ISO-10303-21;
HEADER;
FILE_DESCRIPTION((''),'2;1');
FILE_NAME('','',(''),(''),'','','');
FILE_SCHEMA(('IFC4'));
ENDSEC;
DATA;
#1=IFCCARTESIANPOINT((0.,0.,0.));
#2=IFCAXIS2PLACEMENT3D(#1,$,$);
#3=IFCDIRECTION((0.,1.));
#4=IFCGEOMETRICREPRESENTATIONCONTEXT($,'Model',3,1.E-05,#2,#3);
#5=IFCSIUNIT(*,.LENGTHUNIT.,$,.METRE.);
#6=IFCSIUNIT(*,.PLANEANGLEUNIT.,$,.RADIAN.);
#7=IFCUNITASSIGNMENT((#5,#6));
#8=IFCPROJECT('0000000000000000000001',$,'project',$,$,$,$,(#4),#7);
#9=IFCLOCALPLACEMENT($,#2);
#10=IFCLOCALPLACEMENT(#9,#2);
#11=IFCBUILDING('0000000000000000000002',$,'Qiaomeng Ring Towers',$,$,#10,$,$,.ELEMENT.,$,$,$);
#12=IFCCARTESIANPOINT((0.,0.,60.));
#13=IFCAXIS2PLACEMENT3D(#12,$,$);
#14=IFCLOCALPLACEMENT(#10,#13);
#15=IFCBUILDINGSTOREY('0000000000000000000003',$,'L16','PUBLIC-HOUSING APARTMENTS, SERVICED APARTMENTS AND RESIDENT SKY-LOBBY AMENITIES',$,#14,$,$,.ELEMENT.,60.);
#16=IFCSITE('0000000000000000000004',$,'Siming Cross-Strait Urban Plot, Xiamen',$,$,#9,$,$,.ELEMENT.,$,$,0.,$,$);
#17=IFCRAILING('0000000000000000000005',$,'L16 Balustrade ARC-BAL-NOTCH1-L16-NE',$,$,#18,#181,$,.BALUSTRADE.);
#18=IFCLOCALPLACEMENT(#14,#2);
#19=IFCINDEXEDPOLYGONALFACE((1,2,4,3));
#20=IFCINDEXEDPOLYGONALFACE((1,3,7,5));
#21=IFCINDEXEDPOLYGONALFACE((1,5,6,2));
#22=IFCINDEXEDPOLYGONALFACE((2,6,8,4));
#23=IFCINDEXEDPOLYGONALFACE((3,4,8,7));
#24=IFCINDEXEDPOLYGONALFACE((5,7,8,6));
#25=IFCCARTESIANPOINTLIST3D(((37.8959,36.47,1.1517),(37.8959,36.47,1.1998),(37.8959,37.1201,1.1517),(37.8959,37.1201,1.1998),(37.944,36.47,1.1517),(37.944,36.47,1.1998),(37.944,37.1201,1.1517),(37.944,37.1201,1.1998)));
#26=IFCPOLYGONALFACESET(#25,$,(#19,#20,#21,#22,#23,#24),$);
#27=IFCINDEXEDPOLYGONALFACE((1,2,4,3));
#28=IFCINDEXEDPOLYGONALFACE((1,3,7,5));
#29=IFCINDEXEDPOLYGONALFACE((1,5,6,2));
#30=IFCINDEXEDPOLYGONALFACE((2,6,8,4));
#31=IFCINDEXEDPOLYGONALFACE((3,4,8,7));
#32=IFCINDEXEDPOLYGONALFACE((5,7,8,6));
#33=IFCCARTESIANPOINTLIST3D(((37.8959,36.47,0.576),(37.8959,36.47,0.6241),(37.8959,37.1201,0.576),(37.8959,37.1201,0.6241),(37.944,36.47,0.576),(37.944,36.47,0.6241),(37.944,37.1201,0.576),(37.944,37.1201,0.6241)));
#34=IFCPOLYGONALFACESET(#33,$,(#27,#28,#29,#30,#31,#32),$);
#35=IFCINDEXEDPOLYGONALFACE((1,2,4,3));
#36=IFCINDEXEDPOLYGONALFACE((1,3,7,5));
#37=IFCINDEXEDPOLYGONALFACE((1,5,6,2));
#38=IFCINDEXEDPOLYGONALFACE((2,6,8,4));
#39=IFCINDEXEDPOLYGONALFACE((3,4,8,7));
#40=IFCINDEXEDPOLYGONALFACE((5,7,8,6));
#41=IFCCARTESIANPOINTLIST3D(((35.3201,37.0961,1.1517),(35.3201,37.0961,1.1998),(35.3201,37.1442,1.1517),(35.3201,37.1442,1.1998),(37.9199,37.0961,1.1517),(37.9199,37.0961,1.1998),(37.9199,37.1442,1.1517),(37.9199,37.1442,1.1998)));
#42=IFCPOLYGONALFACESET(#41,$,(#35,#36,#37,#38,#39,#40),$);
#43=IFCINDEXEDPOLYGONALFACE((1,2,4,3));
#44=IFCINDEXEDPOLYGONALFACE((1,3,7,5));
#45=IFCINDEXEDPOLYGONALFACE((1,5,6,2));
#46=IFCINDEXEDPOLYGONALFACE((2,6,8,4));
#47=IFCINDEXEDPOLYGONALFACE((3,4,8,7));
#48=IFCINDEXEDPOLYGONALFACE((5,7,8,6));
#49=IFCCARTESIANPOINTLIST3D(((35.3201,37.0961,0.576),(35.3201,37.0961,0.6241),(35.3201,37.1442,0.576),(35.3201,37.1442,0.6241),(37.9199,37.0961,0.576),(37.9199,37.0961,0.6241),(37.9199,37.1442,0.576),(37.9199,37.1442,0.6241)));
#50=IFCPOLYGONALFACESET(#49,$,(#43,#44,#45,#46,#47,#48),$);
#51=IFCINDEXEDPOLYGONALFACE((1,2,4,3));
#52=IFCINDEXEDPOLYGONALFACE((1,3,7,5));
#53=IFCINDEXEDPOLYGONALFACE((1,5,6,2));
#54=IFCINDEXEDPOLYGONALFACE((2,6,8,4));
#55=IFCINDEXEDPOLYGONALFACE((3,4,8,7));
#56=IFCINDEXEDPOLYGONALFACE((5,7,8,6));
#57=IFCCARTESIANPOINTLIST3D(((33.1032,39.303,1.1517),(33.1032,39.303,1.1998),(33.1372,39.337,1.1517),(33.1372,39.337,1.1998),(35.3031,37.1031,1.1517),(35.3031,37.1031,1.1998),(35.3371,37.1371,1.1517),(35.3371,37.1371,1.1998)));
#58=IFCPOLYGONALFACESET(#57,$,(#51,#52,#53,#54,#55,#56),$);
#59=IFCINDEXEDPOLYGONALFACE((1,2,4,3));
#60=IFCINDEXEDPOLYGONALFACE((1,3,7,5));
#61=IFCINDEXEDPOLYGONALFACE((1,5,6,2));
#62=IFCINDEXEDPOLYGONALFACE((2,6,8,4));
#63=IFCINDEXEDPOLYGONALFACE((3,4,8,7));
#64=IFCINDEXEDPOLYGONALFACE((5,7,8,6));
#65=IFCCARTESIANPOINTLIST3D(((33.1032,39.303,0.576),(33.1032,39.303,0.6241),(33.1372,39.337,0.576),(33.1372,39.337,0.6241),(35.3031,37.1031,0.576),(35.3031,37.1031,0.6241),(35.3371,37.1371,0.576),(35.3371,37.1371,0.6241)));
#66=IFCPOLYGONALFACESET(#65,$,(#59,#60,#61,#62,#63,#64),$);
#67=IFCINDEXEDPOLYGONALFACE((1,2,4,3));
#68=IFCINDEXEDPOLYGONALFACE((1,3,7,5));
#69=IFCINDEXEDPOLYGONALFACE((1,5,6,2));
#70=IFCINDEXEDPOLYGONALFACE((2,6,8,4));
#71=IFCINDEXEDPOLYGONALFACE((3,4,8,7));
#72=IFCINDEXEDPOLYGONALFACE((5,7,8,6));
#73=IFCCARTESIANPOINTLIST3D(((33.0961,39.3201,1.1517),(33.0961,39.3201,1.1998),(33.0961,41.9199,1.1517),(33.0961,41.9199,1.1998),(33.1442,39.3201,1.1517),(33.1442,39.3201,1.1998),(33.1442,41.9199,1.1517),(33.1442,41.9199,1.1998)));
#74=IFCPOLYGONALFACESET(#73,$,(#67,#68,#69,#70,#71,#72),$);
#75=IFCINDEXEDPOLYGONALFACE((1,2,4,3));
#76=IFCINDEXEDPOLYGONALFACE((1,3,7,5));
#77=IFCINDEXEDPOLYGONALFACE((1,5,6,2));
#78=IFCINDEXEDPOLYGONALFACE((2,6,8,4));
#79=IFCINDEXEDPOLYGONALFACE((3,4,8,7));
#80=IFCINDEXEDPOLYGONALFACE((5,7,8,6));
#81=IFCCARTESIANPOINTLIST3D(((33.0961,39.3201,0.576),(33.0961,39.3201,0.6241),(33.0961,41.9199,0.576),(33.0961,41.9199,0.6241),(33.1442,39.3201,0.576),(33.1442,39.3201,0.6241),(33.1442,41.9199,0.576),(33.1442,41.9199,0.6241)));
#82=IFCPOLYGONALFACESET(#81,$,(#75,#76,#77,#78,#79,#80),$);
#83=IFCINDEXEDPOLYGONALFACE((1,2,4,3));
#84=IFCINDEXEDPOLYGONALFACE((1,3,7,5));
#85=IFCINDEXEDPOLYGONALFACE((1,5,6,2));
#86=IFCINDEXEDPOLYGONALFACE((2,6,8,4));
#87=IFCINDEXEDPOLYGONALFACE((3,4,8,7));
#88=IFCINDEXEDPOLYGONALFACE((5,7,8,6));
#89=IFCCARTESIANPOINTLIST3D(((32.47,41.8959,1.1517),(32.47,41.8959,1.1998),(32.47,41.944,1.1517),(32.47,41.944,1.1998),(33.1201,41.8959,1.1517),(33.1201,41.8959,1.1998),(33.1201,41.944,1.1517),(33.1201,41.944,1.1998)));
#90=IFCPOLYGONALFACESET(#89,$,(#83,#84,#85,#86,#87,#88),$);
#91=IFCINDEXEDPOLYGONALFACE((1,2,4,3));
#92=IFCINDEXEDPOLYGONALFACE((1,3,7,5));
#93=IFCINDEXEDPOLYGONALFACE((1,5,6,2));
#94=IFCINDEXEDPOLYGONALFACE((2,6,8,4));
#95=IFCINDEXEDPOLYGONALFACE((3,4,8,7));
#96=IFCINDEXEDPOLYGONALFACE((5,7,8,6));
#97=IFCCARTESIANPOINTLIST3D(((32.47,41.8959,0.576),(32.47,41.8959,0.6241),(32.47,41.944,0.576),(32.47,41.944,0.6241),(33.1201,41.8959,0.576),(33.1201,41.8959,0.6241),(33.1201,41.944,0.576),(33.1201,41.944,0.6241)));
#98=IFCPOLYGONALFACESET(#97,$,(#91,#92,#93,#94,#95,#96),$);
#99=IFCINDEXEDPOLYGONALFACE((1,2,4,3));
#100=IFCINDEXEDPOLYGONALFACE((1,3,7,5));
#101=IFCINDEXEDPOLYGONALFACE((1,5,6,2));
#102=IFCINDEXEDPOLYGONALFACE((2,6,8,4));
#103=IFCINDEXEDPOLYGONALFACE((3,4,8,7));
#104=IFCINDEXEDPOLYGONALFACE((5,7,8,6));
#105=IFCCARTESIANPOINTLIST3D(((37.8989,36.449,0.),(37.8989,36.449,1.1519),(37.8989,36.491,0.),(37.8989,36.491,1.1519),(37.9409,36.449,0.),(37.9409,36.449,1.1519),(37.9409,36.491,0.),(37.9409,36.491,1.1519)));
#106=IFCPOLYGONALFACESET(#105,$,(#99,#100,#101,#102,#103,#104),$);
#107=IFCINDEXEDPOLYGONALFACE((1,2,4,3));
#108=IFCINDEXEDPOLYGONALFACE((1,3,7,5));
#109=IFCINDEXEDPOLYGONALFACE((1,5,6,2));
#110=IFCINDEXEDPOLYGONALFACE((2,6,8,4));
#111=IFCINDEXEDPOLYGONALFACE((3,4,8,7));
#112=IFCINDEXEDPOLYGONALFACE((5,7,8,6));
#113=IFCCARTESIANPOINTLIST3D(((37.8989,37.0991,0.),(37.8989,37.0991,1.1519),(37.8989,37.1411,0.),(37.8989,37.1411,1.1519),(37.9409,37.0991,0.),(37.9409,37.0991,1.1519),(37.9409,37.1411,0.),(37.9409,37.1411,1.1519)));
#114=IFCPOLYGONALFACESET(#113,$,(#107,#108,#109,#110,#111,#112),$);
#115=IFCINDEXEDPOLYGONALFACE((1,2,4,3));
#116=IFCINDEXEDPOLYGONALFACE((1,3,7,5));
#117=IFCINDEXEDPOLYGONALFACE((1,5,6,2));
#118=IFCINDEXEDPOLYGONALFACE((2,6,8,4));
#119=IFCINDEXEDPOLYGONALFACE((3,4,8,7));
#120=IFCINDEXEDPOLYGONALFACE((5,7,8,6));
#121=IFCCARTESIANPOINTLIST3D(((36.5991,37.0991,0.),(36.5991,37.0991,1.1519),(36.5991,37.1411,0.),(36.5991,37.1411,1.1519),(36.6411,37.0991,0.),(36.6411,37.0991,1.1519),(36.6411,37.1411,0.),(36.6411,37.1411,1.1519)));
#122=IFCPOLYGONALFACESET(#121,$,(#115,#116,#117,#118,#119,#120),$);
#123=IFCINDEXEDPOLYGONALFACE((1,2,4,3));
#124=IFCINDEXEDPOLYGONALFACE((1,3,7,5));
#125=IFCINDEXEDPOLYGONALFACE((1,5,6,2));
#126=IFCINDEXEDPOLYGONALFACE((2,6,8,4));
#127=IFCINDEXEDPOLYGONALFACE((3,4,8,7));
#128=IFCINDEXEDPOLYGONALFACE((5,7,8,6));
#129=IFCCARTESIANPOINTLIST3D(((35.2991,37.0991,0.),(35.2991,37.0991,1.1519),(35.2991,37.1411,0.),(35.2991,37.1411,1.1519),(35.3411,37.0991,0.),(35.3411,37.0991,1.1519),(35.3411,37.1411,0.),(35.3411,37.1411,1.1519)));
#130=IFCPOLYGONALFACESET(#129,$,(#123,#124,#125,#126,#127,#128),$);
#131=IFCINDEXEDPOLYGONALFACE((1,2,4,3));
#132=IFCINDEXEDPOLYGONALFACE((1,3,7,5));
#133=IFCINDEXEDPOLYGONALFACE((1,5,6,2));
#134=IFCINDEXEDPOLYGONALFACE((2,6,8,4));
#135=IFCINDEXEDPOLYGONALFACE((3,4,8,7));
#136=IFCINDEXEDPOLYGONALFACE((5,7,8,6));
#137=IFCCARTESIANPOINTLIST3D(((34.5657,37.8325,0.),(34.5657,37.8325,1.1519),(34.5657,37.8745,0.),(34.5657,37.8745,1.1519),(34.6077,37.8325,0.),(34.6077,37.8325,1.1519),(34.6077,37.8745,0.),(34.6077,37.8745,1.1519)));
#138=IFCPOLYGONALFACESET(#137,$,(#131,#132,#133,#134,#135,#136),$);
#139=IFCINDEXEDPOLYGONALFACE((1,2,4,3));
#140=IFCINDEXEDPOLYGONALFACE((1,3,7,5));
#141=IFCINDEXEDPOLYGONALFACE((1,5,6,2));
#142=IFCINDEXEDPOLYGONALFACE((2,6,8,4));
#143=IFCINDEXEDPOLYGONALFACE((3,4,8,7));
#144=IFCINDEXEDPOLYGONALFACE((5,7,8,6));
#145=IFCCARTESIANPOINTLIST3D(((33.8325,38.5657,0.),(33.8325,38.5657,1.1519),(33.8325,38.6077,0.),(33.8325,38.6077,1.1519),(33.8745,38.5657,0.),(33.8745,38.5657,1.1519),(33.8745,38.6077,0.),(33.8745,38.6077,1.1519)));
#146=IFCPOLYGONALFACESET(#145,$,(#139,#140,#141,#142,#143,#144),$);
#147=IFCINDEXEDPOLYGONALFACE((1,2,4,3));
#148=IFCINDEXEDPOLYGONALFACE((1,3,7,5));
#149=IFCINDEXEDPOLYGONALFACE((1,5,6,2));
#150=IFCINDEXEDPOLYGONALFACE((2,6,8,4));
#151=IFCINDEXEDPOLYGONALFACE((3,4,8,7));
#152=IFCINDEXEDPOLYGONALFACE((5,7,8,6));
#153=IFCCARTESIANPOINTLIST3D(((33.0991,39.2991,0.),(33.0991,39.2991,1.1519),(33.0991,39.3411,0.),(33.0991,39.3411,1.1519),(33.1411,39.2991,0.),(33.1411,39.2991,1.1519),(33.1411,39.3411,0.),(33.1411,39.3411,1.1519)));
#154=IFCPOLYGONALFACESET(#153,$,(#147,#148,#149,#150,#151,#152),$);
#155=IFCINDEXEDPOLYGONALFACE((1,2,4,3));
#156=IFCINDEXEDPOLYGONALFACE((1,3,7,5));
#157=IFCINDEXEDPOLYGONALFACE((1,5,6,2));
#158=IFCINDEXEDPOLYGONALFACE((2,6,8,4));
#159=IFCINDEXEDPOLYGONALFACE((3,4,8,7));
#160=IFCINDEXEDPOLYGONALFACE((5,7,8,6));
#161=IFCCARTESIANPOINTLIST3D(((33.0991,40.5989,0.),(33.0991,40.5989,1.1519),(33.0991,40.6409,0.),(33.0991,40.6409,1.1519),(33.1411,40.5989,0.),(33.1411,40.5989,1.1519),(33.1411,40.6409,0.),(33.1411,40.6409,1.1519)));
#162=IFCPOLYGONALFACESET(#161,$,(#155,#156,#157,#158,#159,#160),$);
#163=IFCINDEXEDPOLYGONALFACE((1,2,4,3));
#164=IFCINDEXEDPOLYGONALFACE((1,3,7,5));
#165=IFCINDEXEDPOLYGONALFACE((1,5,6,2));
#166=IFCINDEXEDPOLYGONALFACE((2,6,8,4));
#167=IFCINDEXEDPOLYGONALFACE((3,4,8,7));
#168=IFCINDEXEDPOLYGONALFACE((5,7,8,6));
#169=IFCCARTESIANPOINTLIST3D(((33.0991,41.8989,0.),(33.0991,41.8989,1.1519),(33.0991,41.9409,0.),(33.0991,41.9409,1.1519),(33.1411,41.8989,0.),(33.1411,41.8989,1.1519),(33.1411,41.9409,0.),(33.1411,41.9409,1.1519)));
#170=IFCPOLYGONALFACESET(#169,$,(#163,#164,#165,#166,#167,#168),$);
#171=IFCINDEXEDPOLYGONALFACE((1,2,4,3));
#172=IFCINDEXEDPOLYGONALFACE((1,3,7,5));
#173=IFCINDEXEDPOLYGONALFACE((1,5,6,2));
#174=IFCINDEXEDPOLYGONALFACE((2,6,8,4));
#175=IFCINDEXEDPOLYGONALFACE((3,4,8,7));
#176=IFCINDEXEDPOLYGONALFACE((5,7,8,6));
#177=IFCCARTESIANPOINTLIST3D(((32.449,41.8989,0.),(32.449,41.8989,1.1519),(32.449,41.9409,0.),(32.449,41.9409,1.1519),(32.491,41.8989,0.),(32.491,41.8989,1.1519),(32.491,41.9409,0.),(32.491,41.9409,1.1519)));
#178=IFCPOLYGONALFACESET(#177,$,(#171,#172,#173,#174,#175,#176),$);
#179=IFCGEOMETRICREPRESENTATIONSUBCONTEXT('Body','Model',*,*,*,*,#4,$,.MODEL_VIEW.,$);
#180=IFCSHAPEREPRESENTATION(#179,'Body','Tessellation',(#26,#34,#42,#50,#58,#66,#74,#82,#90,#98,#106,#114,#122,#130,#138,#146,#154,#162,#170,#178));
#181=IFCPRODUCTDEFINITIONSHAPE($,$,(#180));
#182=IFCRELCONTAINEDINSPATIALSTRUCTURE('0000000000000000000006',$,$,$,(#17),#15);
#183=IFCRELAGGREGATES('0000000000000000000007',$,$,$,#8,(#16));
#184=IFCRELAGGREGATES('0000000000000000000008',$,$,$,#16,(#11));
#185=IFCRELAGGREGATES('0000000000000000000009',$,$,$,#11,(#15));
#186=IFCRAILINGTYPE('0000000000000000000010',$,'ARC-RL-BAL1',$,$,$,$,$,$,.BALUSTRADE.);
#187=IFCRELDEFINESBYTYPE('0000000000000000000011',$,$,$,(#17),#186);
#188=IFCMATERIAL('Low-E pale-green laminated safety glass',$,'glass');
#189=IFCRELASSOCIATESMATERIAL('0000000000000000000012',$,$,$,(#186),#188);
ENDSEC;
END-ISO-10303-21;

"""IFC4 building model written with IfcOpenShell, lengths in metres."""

from ifc_helpers import new_model, si_unit, direction, frame, origin, origin_2d, place, context, subcontext, project, spatial, rectangle, extrude, material, type_object, element, save


model = new_model("IFC4")

# Units and contexts
model_context = context("Model", 3, precision=1e-05, world=origin(), true_north=direction((0.0, 1.0)))
body_context = subcontext(model_context, "Body", "Model", "MODEL_VIEW")
ifc_project = project(units=[si_unit("LENGTHUNIT", "METRE"), si_unit("PLANEANGLEUNIT", "RADIAN")], contexts=[model_context])

# Site, building, storey
site_placement = place(None, origin())
site = spatial("IfcSite", under=ifc_project, at=site_placement, Name="Siming Cross-Strait Urban Plot, Xiamen", CompositionType="ELEMENT", RefElevation=0.0)
building_placement = place(site_placement, origin())
building = spatial("IfcBuilding", under=site, at=building_placement, Name="Qiaomeng Ring Towers", CompositionType="ELEMENT")
storey_placement = place(building_placement, frame((0.0, 0.0, 60.0)))
storey = spatial("IfcBuildingStorey", under=building, at=storey_placement, Name="L16", Description="PUBLIC-HOUSING APARTMENTS, SERVICED APARTMENTS AND RESIDENT SKY-LOBBY AMENITIES", CompositionType="ELEMENT", Elevation=60.0)

# Railing
ifc_material_1 = material(Name="Low-E pale-green laminated safety glass", Category="glass")
railing_type = type_object("IfcRailingType", Name="ARC-RL-BAL1", PredefinedType="BALUSTRADE", material=ifc_material_1)
railing_placement = place(storey_placement, frame((37.9199, 36.47, 0.0)))
element("IfcRailing", 1, at=railing_placement, inside=storey, type_object=railing_type, Name="L16 Balustrade ARC-BAL-NOTCH1-L16-NE", PredefinedType="BALUSTRADE", context=body_context, shape_type="SweptSolid", body=[
    extrude(rectangle(XDim=0.0481, YDim=0.0481, at=origin_2d()), frame((0.0, 0.0, 1.1758), z_axis=(0.0, 1.0, 0.0), x_axis=(-1.0, 0.0, 0.0)), (0.0, 0.0, 1.0), 0.6501),
    extrude(rectangle(XDim=0.0481, YDim=0.0481, at=origin_2d()), frame((0.0, 0.0, 0.6001), z_axis=(0.0, 1.0, 0.0), x_axis=(-1.0, 0.0, 0.0)), (0.0, 0.0, 1.0), 0.6501),
    extrude(rectangle(XDim=0.0481, YDim=0.0481, at=origin_2d()), frame((0.0, 0.6501, 1.1758), z_axis=(-1.0, 0.0, 0.0), x_axis=(0.0, -1.0, 0.0)), (0.0, 0.0, 1.0), 2.5999),
    extrude(rectangle(XDim=0.0481, YDim=0.0481, at=origin_2d()), frame((0.0, 0.6501, 0.6001), z_axis=(-1.0, 0.0, 0.0), x_axis=(0.0, -1.0, 0.0)), (0.0, 0.0, 1.0), 2.5999),
    extrude(rectangle(XDim=0.0481, YDim=0.0481, at=origin_2d()), frame((-2.5999, 0.6501, 1.1758), z_axis=(-0.707107, 0.707107, 0.0), x_axis=(-0.707107, -0.707107, 0.0)), (0.0, 0.0, 1.0), 3.1111),
    extrude(rectangle(XDim=0.0481, YDim=0.0481, at=origin_2d()), frame((-2.5999, 0.6501, 0.6001), z_axis=(-0.707107, 0.707107, 0.0), x_axis=(-0.707107, -0.707107, 0.0)), (0.0, 0.0, 1.0), 3.1111),
    extrude(rectangle(XDim=0.0481, YDim=0.0481, at=origin_2d()), frame((-4.7998, 2.8501, 1.1758), z_axis=(0.0, 1.0, 0.0), x_axis=(-1.0, 0.0, 0.0)), (0.0, 0.0, 1.0), 2.5999),
    extrude(rectangle(XDim=0.0481, YDim=0.0481, at=origin_2d()), frame((-4.7998, 2.8501, 0.6001), z_axis=(0.0, 1.0, 0.0), x_axis=(-1.0, 0.0, 0.0)), (0.0, 0.0, 1.0), 2.5999),
    extrude(rectangle(XDim=0.0481, YDim=0.0481, at=origin_2d()), frame((-4.7998, 5.45, 1.1758), z_axis=(-1.0, 0.0, 0.0), x_axis=(0.0, -1.0, 0.0)), (0.0, 0.0, 1.0), 0.6501),
    extrude(rectangle(XDim=0.0481, YDim=0.0481, at=origin_2d()), frame((-4.7998, 5.45, 0.6001), z_axis=(-1.0, 0.0, 0.0), x_axis=(0.0, -1.0, 0.0)), (0.0, 0.0, 1.0), 0.6501),
    extrude(rectangle(XDim=0.042, YDim=0.042, at=origin_2d()), origin(), (0.0, 0.0, 1.0), 1.1519),
    extrude(rectangle(XDim=0.042, YDim=0.042, at=origin_2d()), frame((0.0, 0.6501, 0.0)), (0.0, 0.0, 1.0), 1.1519),
    extrude(rectangle(XDim=0.042, YDim=0.042, at=origin_2d()), frame((-1.2998, 0.6501, 0.0)), (0.0, 0.0, 1.0), 1.1519),
    extrude(rectangle(XDim=0.042, YDim=0.042, at=origin_2d()), frame((-2.5999, 0.6501, 0.0)), (0.0, 0.0, 1.0), 1.1519),
    extrude(rectangle(XDim=0.042, YDim=0.042, at=origin_2d()), frame((-3.3333, 1.3835, 0.0)), (0.0, 0.0, 1.0), 1.1519),
    extrude(rectangle(XDim=0.042, YDim=0.042, at=origin_2d()), frame((-4.0664, 2.1167, 0.0)), (0.0, 0.0, 1.0), 1.1519),
    extrude(rectangle(XDim=0.042, YDim=0.042, at=origin_2d()), frame((-4.7998, 2.8501, 0.0)), (0.0, 0.0, 1.0), 1.1519),
    extrude(rectangle(XDim=0.042, YDim=0.042, at=origin_2d()), frame((-4.7998, 4.1499, 0.0)), (0.0, 0.0, 1.0), 1.1519),
    extrude(rectangle(XDim=0.042, YDim=0.042, at=origin_2d()), frame((-4.7998, 5.45, 0.0)), (0.0, 0.0, 1.0), 1.1519),
    extrude(rectangle(XDim=0.042, YDim=0.042, at=origin_2d()), frame((-5.45, 5.45, 0.0)), (0.0, 0.0, 1.0), 1.1519),
])

save(model, "model.ifc")
